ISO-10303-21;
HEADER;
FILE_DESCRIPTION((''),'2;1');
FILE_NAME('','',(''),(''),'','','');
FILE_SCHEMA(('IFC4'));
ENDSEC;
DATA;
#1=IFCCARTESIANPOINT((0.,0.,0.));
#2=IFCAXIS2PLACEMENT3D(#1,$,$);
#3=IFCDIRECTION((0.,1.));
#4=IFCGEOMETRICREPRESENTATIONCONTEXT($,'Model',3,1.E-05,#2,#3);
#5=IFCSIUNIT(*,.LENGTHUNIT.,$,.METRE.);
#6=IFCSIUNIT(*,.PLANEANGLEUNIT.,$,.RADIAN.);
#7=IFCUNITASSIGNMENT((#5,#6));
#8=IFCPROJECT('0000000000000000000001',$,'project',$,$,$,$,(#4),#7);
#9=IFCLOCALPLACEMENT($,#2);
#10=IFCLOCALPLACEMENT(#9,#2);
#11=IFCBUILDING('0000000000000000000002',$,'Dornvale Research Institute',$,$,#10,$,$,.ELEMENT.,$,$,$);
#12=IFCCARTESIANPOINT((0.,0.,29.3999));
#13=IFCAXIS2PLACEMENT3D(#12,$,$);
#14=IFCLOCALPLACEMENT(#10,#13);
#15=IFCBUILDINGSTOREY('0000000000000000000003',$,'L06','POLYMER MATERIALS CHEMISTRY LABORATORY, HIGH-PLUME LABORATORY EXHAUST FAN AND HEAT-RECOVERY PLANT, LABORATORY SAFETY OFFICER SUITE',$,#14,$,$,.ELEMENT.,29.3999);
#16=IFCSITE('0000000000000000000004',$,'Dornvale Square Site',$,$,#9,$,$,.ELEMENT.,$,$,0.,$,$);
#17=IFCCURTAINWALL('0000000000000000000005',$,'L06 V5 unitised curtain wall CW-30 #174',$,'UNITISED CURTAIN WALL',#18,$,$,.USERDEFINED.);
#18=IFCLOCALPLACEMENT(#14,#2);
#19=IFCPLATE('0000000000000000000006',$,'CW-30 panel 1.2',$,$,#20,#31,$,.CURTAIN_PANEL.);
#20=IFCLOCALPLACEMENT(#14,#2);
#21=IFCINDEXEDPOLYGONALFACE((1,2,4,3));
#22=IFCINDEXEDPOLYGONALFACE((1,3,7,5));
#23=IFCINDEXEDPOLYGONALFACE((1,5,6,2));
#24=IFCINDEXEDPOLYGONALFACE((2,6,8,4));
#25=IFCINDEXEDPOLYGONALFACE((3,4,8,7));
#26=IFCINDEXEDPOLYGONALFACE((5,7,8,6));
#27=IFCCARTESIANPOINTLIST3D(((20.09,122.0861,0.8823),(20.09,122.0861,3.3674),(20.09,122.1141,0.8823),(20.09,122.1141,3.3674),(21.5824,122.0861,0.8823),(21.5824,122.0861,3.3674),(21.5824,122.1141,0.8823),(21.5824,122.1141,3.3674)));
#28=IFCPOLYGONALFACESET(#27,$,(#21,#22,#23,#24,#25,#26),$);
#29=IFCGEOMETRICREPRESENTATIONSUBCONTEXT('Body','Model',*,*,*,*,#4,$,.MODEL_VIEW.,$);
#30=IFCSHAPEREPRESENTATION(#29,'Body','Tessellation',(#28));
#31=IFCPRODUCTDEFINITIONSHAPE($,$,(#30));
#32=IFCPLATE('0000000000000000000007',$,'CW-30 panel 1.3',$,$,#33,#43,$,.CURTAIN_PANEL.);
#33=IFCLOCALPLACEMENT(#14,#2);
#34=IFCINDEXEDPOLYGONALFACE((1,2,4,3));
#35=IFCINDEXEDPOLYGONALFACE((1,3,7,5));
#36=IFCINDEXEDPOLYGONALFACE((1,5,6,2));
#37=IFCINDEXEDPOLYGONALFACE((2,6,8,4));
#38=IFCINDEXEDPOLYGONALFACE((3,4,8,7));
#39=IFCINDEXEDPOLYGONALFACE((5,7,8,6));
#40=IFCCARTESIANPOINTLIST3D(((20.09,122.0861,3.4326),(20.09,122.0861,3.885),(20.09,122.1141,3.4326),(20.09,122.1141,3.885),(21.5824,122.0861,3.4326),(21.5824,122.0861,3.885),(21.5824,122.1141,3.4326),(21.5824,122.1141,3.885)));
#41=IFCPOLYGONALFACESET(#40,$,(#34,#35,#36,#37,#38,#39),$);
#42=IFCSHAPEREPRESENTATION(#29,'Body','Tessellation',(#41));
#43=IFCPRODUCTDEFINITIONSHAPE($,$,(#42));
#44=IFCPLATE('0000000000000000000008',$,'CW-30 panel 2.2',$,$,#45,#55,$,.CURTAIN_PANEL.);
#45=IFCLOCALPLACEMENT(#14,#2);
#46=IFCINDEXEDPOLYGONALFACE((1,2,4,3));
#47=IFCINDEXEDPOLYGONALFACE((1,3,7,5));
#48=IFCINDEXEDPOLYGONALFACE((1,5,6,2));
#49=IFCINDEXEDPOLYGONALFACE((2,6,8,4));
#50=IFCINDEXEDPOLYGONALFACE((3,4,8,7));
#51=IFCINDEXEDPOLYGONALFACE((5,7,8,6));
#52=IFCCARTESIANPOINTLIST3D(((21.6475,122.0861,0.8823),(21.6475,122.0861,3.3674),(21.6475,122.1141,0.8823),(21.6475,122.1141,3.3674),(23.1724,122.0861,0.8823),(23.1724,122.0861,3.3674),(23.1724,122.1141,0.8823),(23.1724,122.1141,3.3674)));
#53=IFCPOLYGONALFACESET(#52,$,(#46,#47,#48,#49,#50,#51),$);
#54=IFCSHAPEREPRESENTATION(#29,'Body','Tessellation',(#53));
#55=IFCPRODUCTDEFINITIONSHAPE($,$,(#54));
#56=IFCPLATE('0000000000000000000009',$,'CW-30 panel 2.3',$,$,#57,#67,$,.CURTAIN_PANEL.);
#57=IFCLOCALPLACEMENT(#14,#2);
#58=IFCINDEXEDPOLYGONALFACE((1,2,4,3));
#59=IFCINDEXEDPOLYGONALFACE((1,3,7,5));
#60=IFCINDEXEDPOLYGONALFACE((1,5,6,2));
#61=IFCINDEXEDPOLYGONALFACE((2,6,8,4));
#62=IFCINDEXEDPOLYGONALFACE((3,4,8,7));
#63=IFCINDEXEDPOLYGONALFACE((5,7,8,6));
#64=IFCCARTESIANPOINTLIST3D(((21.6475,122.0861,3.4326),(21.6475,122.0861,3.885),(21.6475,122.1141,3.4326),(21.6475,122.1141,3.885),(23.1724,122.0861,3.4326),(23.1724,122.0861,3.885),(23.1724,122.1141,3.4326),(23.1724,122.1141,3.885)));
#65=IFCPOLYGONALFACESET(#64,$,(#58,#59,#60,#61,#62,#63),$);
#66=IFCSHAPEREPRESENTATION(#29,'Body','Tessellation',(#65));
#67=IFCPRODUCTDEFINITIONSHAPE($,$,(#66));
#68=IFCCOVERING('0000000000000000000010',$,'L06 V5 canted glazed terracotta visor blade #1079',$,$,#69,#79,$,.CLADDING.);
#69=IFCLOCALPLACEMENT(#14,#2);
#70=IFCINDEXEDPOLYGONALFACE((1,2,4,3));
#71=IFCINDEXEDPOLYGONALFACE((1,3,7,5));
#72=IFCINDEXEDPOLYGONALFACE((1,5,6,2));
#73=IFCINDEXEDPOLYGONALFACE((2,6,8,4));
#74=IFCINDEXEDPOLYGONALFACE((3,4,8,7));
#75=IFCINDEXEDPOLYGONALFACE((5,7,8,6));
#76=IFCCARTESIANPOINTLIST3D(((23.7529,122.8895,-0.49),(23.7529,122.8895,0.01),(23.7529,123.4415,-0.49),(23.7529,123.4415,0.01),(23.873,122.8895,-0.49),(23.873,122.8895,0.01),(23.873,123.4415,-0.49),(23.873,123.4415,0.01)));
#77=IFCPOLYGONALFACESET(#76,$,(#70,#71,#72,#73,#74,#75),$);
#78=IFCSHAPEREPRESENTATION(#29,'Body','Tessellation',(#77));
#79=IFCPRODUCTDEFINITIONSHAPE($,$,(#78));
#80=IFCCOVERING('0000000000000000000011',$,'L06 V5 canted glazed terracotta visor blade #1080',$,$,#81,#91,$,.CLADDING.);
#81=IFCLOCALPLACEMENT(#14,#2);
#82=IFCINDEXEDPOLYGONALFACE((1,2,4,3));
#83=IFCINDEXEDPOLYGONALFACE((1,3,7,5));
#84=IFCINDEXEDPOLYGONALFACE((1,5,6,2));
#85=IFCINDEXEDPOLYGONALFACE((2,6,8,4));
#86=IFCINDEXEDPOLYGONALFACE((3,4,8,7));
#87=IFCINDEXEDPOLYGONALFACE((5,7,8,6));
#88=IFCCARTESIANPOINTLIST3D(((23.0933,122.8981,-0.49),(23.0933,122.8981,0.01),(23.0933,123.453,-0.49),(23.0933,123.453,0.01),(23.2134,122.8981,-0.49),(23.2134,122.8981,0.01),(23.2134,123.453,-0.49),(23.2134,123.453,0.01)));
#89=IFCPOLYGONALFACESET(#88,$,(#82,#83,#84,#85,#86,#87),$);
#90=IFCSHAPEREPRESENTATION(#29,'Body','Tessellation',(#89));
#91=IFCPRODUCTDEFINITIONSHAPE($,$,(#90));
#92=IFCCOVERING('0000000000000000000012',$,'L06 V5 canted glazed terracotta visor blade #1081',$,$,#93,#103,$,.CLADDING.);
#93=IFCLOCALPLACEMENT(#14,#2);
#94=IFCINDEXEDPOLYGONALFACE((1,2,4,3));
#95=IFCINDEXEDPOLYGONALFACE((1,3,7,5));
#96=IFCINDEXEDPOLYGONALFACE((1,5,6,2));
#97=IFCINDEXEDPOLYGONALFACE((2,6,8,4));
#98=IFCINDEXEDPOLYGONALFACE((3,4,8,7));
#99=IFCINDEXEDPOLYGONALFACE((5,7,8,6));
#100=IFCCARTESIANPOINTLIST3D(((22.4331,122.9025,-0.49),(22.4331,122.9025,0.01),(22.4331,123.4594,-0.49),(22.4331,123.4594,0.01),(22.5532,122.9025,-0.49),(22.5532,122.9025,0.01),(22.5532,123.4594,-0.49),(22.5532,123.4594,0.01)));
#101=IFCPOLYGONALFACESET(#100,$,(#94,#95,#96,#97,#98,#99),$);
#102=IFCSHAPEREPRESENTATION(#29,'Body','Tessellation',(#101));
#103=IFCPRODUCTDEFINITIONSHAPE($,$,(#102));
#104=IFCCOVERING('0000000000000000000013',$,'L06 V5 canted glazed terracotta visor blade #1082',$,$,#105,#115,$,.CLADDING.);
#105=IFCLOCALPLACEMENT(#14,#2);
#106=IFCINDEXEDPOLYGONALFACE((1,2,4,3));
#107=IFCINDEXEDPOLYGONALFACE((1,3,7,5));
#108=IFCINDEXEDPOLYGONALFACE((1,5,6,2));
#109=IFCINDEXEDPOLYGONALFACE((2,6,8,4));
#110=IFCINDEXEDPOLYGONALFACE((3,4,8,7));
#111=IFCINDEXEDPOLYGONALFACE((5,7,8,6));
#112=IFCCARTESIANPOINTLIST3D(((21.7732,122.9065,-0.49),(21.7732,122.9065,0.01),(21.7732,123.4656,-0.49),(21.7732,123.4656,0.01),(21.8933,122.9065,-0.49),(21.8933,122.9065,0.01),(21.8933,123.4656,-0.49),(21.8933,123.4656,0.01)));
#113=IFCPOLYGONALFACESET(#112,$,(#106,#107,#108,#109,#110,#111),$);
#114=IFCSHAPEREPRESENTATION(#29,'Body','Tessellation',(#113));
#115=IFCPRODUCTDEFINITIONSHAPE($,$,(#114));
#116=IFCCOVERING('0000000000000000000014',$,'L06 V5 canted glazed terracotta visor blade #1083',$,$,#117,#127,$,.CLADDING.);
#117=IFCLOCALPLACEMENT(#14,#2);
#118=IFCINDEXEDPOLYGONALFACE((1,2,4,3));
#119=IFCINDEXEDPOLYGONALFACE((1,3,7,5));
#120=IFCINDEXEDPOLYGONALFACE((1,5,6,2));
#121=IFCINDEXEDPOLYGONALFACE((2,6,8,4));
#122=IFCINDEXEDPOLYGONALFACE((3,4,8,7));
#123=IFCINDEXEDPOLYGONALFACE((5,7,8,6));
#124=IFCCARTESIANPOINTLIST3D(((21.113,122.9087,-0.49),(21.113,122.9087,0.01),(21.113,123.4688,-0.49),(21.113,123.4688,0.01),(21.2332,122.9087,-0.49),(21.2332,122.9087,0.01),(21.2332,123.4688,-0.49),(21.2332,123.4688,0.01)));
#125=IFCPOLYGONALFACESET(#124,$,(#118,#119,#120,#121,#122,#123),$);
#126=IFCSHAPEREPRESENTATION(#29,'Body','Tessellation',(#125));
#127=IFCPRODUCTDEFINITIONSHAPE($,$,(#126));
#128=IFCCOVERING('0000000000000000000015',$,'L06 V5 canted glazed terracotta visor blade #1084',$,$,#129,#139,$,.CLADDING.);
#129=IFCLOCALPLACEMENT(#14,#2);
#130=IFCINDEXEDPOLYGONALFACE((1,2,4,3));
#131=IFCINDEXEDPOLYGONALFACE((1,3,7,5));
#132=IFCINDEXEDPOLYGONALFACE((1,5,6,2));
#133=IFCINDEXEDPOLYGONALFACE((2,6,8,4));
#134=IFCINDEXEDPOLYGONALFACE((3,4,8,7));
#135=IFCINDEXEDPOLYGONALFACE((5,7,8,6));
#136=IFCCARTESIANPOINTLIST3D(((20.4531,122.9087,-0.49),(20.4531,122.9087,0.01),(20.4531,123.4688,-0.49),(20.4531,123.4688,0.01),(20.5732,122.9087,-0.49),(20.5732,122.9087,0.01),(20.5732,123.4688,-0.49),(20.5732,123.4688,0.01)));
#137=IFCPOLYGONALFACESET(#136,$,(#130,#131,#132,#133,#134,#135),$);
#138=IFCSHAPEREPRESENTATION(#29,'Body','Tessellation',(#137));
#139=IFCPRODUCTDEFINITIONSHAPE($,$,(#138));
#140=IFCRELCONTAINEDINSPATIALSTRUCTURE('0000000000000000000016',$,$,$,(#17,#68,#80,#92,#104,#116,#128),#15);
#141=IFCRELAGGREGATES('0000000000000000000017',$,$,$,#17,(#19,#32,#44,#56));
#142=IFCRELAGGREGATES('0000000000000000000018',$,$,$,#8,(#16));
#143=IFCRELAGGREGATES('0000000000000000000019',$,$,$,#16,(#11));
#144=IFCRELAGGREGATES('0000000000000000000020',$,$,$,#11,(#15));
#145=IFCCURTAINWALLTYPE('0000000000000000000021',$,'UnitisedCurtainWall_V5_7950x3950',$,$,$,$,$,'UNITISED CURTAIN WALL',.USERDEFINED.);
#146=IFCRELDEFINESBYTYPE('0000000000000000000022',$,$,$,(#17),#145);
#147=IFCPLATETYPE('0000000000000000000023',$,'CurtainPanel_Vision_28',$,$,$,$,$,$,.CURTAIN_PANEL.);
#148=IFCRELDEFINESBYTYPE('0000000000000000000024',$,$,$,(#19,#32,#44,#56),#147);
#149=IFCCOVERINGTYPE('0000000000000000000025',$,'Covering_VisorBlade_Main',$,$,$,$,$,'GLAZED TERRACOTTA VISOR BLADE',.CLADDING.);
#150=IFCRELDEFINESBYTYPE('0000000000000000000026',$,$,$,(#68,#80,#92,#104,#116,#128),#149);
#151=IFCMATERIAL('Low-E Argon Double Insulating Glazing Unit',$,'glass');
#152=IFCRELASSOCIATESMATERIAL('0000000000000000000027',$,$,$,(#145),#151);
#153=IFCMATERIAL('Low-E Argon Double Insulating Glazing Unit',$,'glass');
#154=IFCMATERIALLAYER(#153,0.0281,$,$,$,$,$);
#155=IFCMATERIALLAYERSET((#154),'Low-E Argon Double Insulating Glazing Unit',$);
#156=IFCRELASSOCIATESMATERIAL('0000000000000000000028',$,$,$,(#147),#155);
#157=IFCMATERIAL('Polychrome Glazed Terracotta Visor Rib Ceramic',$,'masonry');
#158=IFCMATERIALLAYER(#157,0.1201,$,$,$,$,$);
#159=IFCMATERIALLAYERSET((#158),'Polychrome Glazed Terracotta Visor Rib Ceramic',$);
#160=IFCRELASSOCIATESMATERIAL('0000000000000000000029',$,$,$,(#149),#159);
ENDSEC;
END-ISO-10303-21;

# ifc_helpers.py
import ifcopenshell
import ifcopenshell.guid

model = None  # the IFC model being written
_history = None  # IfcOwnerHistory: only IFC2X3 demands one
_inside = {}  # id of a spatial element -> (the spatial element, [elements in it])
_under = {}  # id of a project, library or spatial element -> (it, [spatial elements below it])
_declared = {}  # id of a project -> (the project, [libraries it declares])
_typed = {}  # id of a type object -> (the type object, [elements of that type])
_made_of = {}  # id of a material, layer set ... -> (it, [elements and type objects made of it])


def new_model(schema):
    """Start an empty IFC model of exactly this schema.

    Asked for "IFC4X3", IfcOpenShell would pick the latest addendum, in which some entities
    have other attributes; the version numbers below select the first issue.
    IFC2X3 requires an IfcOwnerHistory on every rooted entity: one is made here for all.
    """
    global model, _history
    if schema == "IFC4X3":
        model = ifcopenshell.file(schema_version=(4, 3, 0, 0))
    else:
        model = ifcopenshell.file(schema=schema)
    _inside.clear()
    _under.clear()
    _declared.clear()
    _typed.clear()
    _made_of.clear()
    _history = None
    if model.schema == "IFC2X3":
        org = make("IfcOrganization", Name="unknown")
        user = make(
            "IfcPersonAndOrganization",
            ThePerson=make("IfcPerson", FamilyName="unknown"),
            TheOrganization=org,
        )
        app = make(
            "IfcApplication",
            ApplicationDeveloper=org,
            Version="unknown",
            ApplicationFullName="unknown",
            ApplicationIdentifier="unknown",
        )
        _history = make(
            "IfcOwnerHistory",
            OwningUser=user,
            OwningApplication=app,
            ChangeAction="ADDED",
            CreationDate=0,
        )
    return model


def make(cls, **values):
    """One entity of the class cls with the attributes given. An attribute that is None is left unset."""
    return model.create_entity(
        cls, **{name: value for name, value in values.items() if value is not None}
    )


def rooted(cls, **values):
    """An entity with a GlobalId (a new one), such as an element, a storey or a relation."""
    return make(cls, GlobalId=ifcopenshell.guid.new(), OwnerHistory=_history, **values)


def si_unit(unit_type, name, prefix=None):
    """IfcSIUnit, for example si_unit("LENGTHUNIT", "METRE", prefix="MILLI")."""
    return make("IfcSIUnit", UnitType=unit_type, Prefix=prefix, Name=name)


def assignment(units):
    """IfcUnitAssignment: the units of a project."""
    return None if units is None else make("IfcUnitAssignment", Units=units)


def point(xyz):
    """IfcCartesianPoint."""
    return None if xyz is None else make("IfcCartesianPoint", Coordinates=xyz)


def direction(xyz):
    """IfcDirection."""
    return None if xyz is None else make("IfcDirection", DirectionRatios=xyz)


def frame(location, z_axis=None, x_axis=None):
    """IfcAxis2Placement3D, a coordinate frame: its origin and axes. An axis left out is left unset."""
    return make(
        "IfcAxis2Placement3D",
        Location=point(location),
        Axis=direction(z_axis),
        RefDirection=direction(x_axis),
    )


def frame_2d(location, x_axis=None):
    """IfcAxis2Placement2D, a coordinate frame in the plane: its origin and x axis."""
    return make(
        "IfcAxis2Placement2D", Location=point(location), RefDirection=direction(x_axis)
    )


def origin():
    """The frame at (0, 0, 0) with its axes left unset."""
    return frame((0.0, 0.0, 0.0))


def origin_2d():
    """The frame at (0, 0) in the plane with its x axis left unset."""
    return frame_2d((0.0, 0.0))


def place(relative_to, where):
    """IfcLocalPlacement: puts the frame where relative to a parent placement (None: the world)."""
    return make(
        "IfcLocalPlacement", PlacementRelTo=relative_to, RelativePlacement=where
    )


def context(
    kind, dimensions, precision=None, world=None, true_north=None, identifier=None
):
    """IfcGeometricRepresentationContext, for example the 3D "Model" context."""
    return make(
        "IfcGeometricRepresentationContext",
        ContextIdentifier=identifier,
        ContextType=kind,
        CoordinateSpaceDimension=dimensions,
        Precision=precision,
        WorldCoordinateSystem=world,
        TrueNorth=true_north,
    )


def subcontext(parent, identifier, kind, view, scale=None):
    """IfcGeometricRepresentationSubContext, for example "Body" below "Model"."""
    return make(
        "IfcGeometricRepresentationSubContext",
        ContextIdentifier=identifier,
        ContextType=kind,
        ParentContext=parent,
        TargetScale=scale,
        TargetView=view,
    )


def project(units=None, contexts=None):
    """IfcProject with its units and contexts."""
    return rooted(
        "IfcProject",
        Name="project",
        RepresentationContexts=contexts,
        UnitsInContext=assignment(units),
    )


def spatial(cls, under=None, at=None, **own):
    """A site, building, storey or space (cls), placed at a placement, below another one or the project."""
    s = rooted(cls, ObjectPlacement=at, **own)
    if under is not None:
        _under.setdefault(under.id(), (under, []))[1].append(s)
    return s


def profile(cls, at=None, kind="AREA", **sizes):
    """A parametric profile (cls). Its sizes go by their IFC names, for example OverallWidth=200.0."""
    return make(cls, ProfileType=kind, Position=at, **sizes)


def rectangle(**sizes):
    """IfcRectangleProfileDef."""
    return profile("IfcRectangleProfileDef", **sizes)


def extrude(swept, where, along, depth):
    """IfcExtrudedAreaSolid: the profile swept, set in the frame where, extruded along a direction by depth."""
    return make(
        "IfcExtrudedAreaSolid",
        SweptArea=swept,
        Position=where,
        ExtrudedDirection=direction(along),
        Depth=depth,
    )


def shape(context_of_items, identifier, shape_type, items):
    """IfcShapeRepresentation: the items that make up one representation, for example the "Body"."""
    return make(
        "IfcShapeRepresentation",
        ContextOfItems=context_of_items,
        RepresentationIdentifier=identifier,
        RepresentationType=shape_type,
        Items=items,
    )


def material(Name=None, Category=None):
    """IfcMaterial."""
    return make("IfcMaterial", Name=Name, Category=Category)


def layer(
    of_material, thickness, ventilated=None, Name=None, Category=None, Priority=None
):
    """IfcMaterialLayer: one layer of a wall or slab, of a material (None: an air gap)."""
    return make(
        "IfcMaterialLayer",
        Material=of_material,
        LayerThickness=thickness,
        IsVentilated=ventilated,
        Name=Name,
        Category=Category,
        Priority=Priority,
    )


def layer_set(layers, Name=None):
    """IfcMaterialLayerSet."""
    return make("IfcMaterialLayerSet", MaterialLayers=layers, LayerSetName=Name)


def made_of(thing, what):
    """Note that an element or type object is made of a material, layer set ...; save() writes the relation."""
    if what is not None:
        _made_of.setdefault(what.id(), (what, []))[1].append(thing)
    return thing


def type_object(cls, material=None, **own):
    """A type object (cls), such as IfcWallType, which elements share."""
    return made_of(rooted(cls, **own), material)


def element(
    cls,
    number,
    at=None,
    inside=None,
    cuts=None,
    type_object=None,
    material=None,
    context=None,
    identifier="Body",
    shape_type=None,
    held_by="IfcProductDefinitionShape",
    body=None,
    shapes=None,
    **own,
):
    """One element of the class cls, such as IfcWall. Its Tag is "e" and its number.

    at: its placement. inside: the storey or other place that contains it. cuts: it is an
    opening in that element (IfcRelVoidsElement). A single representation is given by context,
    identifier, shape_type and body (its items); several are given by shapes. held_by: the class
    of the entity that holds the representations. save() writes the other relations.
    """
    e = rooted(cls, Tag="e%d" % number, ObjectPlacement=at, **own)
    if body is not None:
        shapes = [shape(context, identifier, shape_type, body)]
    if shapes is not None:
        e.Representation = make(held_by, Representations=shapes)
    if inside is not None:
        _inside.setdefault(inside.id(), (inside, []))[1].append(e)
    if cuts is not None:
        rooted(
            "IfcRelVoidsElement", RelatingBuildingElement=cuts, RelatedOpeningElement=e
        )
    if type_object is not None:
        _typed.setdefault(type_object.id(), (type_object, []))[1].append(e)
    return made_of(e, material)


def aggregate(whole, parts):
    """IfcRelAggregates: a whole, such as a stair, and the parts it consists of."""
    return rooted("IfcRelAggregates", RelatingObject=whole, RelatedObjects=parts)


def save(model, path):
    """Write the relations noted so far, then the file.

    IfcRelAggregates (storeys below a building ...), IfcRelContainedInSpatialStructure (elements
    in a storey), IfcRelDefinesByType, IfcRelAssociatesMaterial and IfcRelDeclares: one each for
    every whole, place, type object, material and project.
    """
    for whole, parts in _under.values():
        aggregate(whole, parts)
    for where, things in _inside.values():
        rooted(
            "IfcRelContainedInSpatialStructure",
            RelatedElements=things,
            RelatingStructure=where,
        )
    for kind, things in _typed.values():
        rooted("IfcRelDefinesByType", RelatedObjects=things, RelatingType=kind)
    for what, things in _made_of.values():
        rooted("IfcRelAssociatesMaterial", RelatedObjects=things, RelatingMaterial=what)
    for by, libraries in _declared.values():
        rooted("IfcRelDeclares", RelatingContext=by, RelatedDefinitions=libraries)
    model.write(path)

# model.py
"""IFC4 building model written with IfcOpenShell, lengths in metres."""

from ifc_helpers import new_model, si_unit, direction, frame, origin, origin_2d, place, context, subcontext, project, spatial, rectangle, extrude, material, layer, layer_set, type_object, element, aggregate, save


model = new_model("IFC4")

# Units and contexts
model_context = context("Model", 3, precision=1e-05, world=origin(), true_north=direction((0.0, 1.0)))
body_context = subcontext(model_context, "Body", "Model", "MODEL_VIEW")
ifc_project = project(units=[si_unit("LENGTHUNIT", "METRE"), si_unit("PLANEANGLEUNIT", "RADIAN")], contexts=[model_context])

# Site, building, storey
site_placement = place(None, origin())
site = spatial("IfcSite", under=ifc_project, at=site_placement, Name="Dornvale Square Site", CompositionType="ELEMENT", RefElevation=0.0)
building_placement = place(site_placement, origin())
building = spatial("IfcBuilding", under=site, at=building_placement, Name="Dornvale Research Institute", CompositionType="ELEMENT")
storey_placement = place(building_placement, frame((0.0, 0.0, 29.3999)))
storey = spatial("IfcBuildingStorey", under=building, at=storey_placement, Name="L06", Description="POLYMER MATERIALS CHEMISTRY LABORATORY, HIGH-PLUME LABORATORY EXHAUST FAN AND HEAT-RECOVERY PLANT, LABORATORY SAFETY OFFICER SUITE", CompositionType="ELEMENT", Elevation=29.3999)

# Curtain wall, plates
ifc_material_1 = material(Name="Low-E Argon Double Insulating Glazing Unit", Category="glass")
curtain_wall_type = type_object("IfcCurtainWallType", Name="UnitisedCurtainWall_V5_7950x3950", ElementType="UNITISED CURTAIN WALL", PredefinedType="USERDEFINED", material=ifc_material_1)
curtain_wall_placement = place(storey_placement, origin())
curtain_wall = element("IfcCurtainWall", 1, at=curtain_wall_placement, inside=storey, type_object=curtain_wall_type, Name="L06 V5 unitised curtain wall CW-30 #174", ObjectType="UNITISED CURTAIN WALL", PredefinedType="USERDEFINED")
ifc_material_2 = material(Name="Low-E Argon Double Insulating Glazing Unit", Category="glass")
ifc_layer_1 = layer(ifc_material_2, 0.0281)
ifc_layer_set_1 = layer_set([ifc_layer_1], Name="Low-E Argon Double Insulating Glazing Unit")
plate_type_1 = type_object("IfcPlateType", Name="CurtainPanel_Vision_28", PredefinedType="CURTAIN_PANEL", material=ifc_layer_set_1)
plate_1_placement = place(storey_placement, frame((20.8362, 122.1001, 0.8823), z_axis=(0.0, 0.0, 1.0), x_axis=(1.0, 0.0, 0.0)))
plate_1 = element("IfcPlate", 2, at=plate_1_placement, type_object=plate_type_1, Name="CW-30 panel 1.2", PredefinedType="CURTAIN_PANEL", context=body_context, shape_type="SweptSolid", body=[
    extrude(rectangle(XDim=1.4924, YDim=0.0281, at=origin_2d()), origin(), (0.0, 0.0, 1.0), 2.4851),
])
plate_2_placement = place(storey_placement, frame((20.8362, 122.1001, 3.4326), z_axis=(0.0, 0.0, 1.0), x_axis=(1.0, 0.0, 0.0)))
plate_2 = element("IfcPlate", 3, at=plate_2_placement, type_object=plate_type_1, Name="CW-30 panel 1.3", PredefinedType="CURTAIN_PANEL", context=body_context, shape_type="SweptSolid", body=[
    extrude(rectangle(XDim=1.4924, YDim=0.0281, at=origin_2d()), origin(), (0.0, 0.0, 1.0), 0.4524),
])
plate_3_placement = place(storey_placement, frame((22.4099, 122.1001, 0.8823), z_axis=(0.0, 0.0, 1.0), x_axis=(1.0, 0.0, 0.0)))
plate_3 = element("IfcPlate", 4, at=plate_3_placement, type_object=plate_type_1, Name="CW-30 panel 2.2", PredefinedType="CURTAIN_PANEL", context=body_context, shape_type="SweptSolid", body=[
    extrude(rectangle(XDim=1.5249, YDim=0.0281, at=origin_2d()), origin(), (0.0, 0.0, 1.0), 2.4851),
])
plate_4_placement = place(storey_placement, frame((22.4099, 122.1001, 3.4326), z_axis=(0.0, 0.0, 1.0), x_axis=(1.0, 0.0, 0.0)))
plate_4 = element("IfcPlate", 5, at=plate_4_placement, type_object=plate_type_1, Name="CW-30 panel 2.3", PredefinedType="CURTAIN_PANEL", context=body_context, shape_type="SweptSolid", body=[
    extrude(rectangle(XDim=1.5249, YDim=0.0281, at=origin_2d()), origin(), (0.0, 0.0, 1.0), 0.4524),
])
aggregate(curtain_wall, [plate_1, plate_2, plate_3, plate_4])

# Coverings
ifc_material_3 = material(Name="Polychrome Glazed Terracotta Visor Rib Ceramic", Category="masonry")
ifc_layer_2 = layer(ifc_material_3, 0.1201)
ifc_layer_set_2 = layer_set([ifc_layer_2], Name="Polychrome Glazed Terracotta Visor Rib Ceramic")
covering_type = type_object("IfcCoveringType", Name="Covering_VisorBlade_Main", ElementType="GLAZED TERRACOTTA VISOR BLADE", PredefinedType="CLADDING", material=ifc_layer_set_2)
covering_1_placement = place(storey_placement, frame((23.813, 123.1655, -0.49), z_axis=(0.0, 0.0, 1.0), x_axis=(0.0, 1.0, 0.0)))
element("IfcCovering", 6, at=covering_1_placement, inside=storey, type_object=covering_type, Name="L06 V5 canted glazed terracotta visor blade #1079", PredefinedType="CLADDING", context=body_context, shape_type="SweptSolid", body=[
    extrude(rectangle(XDim=0.552, YDim=0.1201, at=origin_2d()), origin(), (0.0, 0.0, 1.0), 0.5),
])
covering_2_placement = place(storey_placement, frame((23.1533, 123.1755, -0.49), z_axis=(0.0, 0.0, 1.0), x_axis=(0.0, 1.0, 0.0)))
element("IfcCovering", 7, at=covering_2_placement, inside=storey, type_object=covering_type, Name="L06 V5 canted glazed terracotta visor blade #1080", PredefinedType="CLADDING", context=body_context, shape_type="SweptSolid", body=[
    extrude(rectangle(XDim=0.5549, YDim=0.1201, at=origin_2d()), origin(), (0.0, 0.0, 1.0), 0.5),
])
covering_3_placement = place(storey_placement, frame((22.4932, 123.1809, -0.49), z_axis=(0.0, 0.0, 1.0), x_axis=(0.0, 1.0, 0.0)))
element("IfcCovering", 8, at=covering_3_placement, inside=storey, type_object=covering_type, Name="L06 V5 canted glazed terracotta visor blade #1081", PredefinedType="CLADDING", context=body_context, shape_type="SweptSolid", body=[
    extrude(rectangle(XDim=0.5569, YDim=0.1201, at=origin_2d()), origin(), (0.0, 0.0, 1.0), 0.5),
])
covering_4_placement = place(storey_placement, frame((21.8333, 123.186, -0.49), z_axis=(0.0, 0.0, 1.0), x_axis=(0.0, 1.0, 0.0)))
element("IfcCovering", 9, at=covering_4_placement, inside=storey, type_object=covering_type, Name="L06 V5 canted glazed terracotta visor blade #1082", PredefinedType="CLADDING", context=body_context, shape_type="SweptSolid", body=[
    extrude(rectangle(XDim=0.5591, YDim=0.1201, at=origin_2d()), origin(), (0.0, 0.0, 1.0), 0.5),
])
for number, where, z_axis, x_axis, name in (
    (10, (21.1731, 123.1887, -0.49), (0.0, 0.0, 1.0), (0.0, 1.0, 0.0), "L06 V5 canted glazed terracotta visor blade #1083"),
    (11, (20.5132, 123.1887, -0.49), (0.0, 0.0, 1.0), (0.0, 1.0, 0.0), "L06 V5 canted glazed terracotta visor blade #1084"),
):
    element("IfcCovering", number, at=place(storey_placement, frame(where, z_axis=z_axis, x_axis=x_axis)), inside=storey, type_object=covering_type, Name=name, PredefinedType="CLADDING", context=body_context, shape_type="SweptSolid", body=[
        extrude(rectangle(XDim=0.5601, YDim=0.1201, at=origin_2d()), origin(), (0.0, 0.0, 1.0), 0.5),
    ])

save(model, "model.ifc")
